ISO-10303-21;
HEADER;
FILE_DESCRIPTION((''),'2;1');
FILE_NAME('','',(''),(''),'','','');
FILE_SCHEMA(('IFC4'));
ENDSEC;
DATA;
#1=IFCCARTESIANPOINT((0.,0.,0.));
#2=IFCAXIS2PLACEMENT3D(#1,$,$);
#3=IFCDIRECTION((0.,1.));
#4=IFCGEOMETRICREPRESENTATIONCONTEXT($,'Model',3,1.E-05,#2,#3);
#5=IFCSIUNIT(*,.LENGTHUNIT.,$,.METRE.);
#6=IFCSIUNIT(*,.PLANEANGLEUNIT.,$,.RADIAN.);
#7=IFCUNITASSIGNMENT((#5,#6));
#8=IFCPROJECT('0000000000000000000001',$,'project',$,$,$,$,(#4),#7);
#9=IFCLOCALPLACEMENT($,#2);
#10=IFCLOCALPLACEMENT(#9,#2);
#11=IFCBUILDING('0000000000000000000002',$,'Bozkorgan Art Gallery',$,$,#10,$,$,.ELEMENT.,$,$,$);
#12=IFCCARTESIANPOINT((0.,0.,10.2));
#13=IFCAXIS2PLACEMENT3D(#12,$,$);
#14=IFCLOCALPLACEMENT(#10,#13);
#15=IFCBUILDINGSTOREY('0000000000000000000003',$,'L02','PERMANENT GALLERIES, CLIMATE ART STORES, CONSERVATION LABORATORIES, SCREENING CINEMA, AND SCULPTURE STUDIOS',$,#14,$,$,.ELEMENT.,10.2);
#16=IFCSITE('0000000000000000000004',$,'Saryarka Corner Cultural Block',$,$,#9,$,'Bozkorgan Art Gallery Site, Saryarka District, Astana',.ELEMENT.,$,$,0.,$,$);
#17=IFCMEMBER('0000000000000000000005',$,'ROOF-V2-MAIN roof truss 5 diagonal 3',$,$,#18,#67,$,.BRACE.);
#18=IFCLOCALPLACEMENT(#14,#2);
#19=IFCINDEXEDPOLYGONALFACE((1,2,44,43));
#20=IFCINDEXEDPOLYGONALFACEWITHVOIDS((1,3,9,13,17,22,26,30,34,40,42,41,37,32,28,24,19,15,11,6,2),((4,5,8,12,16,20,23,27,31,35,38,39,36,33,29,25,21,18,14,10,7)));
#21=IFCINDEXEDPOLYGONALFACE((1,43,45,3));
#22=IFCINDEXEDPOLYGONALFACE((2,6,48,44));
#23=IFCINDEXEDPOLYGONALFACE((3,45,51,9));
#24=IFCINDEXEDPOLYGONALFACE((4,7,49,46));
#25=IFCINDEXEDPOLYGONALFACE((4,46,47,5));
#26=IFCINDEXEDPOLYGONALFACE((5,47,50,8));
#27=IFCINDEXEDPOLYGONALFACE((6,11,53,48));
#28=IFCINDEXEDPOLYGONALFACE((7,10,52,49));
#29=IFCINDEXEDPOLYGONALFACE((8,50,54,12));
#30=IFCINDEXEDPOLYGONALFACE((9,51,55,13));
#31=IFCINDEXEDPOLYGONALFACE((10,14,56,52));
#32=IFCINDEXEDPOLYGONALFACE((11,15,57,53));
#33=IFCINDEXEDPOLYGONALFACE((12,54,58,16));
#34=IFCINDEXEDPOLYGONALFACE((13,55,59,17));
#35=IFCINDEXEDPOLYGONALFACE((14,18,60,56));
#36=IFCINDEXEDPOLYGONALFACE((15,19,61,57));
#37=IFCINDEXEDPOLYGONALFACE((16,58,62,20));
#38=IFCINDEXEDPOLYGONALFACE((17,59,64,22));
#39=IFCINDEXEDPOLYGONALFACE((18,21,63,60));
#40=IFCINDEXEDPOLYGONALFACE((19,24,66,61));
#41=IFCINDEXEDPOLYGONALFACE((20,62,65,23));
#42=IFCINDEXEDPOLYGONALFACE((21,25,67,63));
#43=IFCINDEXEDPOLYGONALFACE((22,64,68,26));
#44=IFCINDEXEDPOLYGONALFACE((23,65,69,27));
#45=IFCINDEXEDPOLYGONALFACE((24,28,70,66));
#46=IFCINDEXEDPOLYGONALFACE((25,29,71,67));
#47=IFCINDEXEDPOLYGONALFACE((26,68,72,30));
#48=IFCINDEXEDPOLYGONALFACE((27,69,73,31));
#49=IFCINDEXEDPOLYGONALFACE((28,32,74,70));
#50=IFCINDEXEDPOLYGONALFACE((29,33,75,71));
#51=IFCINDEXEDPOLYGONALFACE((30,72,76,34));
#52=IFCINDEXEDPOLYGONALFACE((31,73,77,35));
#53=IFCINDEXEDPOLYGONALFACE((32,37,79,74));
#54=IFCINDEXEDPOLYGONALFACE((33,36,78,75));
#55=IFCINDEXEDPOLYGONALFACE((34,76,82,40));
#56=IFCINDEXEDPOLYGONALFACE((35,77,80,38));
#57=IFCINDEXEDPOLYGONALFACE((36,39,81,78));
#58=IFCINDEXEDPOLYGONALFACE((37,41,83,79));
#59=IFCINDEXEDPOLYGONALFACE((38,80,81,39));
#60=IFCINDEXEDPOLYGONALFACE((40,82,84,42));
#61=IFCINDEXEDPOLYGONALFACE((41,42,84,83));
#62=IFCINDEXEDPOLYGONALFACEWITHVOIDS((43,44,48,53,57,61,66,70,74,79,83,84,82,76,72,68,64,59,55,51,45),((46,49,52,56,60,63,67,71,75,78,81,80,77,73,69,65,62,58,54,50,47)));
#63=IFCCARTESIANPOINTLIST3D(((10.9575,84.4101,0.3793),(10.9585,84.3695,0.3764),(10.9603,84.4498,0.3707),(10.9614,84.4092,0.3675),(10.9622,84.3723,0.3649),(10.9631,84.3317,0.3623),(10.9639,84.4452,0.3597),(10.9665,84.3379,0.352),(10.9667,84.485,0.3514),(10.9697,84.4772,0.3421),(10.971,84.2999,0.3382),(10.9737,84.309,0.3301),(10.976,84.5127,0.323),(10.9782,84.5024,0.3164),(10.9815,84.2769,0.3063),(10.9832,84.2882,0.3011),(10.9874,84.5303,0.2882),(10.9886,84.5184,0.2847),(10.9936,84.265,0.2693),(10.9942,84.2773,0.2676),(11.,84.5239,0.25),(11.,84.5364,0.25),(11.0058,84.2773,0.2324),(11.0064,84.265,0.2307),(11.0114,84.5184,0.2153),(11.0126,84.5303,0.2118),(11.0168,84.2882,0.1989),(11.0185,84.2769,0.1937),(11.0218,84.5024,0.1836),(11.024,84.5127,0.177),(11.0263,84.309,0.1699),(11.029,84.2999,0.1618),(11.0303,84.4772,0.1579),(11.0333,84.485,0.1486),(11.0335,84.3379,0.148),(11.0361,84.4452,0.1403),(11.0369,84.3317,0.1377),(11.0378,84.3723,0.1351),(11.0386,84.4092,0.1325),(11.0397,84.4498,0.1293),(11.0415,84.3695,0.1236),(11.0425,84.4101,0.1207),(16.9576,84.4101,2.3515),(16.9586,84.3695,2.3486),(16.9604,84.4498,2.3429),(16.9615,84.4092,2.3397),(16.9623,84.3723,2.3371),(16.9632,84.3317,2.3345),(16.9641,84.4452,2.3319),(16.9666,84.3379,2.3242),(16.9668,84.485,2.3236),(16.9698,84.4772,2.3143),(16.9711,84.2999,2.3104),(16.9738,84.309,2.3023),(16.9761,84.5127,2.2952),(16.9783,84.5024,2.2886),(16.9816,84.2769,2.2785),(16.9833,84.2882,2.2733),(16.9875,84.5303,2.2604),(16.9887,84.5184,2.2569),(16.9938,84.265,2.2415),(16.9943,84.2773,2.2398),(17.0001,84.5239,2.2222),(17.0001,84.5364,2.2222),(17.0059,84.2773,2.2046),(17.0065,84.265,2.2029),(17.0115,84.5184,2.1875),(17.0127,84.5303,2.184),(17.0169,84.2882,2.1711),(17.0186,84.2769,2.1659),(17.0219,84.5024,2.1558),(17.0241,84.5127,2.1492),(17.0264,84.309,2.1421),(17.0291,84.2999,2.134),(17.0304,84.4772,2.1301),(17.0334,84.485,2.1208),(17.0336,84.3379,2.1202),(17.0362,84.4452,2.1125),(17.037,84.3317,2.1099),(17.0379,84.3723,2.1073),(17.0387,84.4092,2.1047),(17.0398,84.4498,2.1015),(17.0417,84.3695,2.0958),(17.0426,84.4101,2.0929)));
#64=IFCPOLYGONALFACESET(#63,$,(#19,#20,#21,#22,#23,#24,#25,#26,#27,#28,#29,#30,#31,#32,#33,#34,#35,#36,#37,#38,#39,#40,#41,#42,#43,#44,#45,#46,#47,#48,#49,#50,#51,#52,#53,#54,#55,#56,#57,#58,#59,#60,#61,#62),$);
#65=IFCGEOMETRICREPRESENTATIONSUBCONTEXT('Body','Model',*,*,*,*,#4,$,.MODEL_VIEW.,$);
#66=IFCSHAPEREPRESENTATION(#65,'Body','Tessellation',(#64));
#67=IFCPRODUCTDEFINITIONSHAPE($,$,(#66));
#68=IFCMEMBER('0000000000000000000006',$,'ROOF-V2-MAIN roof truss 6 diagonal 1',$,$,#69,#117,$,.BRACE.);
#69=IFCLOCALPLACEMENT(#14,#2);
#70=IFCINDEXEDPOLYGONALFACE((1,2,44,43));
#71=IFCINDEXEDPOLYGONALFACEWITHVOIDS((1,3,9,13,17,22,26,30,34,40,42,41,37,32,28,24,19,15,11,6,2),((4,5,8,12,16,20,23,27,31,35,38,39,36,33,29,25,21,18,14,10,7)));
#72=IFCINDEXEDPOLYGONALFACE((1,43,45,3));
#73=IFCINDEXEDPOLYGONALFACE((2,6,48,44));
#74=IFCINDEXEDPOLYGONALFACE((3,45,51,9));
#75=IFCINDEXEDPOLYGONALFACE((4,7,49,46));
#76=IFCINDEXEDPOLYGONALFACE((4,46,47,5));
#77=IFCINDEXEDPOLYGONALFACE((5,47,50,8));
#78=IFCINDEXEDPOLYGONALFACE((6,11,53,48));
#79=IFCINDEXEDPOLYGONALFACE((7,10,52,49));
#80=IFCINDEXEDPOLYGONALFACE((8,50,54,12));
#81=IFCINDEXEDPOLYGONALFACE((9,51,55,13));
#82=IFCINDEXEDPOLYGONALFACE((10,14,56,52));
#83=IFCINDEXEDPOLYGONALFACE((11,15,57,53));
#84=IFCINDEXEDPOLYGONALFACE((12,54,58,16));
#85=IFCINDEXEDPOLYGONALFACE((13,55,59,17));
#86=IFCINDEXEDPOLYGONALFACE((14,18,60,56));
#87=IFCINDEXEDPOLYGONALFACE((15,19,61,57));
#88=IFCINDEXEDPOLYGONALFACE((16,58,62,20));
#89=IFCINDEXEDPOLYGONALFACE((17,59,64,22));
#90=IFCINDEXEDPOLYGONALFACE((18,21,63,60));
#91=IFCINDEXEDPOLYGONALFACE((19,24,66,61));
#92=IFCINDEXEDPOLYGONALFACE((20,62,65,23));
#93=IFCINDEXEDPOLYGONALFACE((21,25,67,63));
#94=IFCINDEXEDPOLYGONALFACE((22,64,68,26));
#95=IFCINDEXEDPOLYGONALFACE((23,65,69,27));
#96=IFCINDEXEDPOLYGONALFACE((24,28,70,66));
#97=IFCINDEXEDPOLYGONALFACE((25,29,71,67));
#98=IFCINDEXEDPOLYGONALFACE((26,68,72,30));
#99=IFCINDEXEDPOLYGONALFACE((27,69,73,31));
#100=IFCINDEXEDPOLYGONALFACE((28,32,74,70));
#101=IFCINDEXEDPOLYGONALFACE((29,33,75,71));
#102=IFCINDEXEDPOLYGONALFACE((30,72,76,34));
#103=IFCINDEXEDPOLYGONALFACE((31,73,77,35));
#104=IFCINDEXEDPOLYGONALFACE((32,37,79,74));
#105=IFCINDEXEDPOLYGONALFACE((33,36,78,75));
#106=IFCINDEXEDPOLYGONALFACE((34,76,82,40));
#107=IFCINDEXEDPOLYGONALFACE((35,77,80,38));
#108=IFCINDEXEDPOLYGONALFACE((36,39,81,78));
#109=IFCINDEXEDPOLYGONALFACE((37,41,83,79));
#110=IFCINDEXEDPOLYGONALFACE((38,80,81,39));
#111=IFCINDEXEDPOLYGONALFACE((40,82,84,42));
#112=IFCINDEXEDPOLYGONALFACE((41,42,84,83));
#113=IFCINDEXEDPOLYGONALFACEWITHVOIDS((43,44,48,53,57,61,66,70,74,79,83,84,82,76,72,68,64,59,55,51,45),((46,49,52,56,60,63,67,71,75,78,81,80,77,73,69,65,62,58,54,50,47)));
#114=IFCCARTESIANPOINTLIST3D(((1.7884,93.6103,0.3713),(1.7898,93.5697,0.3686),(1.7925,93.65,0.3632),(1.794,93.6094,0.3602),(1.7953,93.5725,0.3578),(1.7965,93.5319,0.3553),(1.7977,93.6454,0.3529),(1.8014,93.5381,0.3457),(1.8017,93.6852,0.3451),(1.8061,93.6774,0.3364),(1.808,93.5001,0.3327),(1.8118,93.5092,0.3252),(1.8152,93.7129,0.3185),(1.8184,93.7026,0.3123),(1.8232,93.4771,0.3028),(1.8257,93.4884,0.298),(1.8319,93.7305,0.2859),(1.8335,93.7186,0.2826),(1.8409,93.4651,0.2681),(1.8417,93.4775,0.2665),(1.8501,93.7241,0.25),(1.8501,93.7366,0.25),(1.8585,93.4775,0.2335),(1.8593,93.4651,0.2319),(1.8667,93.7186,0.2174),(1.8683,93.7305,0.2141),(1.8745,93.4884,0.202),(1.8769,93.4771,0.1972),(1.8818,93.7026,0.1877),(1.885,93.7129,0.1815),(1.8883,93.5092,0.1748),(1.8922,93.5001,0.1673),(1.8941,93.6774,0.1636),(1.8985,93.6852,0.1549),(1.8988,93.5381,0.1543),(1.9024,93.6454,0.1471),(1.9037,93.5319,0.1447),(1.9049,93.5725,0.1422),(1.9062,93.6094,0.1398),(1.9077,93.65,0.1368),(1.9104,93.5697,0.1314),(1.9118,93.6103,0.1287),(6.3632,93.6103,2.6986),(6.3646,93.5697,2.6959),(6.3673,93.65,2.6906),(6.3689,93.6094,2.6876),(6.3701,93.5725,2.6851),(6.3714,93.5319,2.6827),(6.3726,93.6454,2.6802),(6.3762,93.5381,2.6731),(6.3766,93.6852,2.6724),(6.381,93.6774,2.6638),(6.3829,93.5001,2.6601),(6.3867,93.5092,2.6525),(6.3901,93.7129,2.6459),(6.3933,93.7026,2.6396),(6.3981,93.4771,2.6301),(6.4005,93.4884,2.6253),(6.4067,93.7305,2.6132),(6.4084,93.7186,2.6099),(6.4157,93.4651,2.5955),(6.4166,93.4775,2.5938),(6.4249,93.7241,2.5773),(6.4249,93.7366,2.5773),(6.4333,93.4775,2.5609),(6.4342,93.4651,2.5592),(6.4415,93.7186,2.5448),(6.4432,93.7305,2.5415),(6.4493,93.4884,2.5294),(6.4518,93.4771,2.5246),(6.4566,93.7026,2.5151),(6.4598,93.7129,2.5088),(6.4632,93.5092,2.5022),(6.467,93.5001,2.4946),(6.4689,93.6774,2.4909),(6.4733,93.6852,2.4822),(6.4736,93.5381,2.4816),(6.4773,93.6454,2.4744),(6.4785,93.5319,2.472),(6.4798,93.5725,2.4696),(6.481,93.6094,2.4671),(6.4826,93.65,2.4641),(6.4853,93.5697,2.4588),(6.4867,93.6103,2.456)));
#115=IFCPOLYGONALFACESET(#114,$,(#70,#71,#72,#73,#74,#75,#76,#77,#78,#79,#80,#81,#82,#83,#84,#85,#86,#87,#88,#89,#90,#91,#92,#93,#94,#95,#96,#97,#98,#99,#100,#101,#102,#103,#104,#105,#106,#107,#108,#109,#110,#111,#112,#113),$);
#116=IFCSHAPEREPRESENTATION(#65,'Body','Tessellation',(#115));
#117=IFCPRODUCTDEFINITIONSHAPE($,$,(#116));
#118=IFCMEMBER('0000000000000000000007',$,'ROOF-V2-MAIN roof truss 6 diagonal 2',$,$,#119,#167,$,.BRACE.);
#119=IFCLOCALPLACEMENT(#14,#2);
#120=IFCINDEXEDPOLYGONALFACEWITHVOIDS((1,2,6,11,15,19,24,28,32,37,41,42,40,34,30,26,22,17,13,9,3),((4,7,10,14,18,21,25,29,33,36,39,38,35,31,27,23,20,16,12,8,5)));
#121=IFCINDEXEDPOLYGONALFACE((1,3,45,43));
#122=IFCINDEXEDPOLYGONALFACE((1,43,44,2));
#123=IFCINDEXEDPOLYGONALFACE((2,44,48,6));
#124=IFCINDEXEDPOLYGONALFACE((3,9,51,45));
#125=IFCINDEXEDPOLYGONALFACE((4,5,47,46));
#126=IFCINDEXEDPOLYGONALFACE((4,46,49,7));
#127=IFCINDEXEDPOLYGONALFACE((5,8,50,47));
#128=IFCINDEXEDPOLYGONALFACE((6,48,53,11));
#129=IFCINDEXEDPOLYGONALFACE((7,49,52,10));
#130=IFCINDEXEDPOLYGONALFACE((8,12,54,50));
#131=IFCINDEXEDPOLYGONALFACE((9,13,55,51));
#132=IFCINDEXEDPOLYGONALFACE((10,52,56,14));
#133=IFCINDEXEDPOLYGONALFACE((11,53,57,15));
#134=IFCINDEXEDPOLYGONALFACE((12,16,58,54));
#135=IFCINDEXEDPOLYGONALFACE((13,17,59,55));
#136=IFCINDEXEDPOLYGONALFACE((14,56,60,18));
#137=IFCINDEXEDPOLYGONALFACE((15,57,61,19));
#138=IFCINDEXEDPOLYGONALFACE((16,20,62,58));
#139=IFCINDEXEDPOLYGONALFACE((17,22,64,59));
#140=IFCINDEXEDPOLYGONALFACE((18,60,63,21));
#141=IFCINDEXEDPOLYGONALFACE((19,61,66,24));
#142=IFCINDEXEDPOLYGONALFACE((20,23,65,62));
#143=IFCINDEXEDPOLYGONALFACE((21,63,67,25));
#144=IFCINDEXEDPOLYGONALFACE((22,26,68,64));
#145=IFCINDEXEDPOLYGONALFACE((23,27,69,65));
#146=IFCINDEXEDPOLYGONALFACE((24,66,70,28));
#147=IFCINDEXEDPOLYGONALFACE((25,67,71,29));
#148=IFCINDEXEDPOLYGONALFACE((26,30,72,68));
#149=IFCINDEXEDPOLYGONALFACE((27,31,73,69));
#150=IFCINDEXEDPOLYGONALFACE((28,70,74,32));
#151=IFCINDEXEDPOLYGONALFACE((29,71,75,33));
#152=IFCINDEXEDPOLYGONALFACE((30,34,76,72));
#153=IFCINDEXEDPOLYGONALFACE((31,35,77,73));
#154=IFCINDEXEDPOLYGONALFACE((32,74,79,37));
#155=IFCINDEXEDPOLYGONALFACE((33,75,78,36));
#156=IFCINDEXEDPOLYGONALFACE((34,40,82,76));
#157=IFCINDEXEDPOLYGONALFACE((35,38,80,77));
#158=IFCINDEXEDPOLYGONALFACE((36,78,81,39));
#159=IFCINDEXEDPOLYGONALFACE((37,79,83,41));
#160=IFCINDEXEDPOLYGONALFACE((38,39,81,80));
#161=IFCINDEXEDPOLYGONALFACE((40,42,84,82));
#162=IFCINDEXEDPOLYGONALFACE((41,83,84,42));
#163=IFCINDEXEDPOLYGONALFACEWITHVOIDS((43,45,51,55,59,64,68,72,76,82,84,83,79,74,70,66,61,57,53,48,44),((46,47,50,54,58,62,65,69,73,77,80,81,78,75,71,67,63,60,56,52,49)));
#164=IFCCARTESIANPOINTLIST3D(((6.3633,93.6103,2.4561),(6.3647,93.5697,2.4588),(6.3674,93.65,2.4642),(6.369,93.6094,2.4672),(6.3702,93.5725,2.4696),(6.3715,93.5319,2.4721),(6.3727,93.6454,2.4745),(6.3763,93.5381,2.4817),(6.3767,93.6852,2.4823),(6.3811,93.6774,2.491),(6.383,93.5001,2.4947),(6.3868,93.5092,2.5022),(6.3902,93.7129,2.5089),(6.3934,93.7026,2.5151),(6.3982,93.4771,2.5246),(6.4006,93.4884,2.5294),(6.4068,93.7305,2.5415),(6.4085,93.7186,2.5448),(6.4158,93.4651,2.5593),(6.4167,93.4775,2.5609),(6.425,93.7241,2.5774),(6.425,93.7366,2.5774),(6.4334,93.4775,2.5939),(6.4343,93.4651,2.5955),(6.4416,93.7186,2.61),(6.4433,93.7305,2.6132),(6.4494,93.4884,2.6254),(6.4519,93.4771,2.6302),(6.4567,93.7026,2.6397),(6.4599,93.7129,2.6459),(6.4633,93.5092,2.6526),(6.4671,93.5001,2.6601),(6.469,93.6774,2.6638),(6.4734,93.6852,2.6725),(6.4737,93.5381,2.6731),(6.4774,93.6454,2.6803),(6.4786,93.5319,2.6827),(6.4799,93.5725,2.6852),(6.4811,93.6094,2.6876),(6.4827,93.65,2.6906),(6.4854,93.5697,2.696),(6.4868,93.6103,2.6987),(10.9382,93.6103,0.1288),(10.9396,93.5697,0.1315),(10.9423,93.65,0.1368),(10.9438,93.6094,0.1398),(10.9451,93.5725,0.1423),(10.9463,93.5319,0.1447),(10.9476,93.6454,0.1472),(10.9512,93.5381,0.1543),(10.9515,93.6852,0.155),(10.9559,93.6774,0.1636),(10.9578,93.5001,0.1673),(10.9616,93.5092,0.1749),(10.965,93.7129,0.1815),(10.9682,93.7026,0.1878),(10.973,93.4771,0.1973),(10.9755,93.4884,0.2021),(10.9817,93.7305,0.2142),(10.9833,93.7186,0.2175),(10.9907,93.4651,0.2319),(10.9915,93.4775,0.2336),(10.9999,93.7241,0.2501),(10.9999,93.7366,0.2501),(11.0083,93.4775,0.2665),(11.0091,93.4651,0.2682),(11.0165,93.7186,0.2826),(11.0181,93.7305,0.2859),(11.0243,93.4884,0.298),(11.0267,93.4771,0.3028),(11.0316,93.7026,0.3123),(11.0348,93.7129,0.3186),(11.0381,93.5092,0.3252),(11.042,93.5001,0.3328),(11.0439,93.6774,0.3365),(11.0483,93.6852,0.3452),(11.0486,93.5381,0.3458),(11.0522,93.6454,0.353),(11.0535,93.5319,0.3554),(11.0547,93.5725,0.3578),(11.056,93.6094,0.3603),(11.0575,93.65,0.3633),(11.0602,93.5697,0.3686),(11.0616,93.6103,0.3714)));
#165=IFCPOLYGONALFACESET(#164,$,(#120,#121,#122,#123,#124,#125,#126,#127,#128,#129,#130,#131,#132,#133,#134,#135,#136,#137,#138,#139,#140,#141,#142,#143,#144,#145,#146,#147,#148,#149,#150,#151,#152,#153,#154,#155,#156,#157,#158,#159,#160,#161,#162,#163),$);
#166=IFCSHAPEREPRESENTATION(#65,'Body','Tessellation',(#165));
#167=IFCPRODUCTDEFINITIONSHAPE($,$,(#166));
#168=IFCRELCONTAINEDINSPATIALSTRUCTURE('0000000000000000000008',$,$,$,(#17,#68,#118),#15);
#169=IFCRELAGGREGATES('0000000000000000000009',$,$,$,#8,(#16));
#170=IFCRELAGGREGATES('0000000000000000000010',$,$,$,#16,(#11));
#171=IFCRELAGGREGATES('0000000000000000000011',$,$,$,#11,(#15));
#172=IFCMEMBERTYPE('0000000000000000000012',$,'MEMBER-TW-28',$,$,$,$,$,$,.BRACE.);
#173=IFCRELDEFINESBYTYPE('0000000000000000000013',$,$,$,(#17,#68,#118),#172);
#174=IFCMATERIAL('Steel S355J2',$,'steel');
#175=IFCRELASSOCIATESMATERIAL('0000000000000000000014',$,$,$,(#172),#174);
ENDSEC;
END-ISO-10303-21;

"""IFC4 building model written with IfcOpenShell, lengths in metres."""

from ifc_helpers import new_model, si_unit, direction, frame, origin, origin_2d, place, context, subcontext, project, spatial, hollow_circle, extrude, material, material_profile, profile_set, type_object, element, save


model = new_model("IFC4")

# Units and contexts
model_context = context("Model", 3, precision=1e-05, world=origin(), true_north=direction((0.0, 1.0)))
body_context = subcontext(model_context, "Body", "Model", "MODEL_VIEW")
ifc_project = project(units=[si_unit("LENGTHUNIT", "METRE"), si_unit("PLANEANGLEUNIT", "RADIAN")], contexts=[model_context])

# Site, building, storey
site_placement = place(None, origin())
site = spatial("IfcSite", under=ifc_project, at=site_placement, Name="Saryarka Corner Cultural Block", LongName="Bozkorgan Art Gallery Site, Saryarka District, Astana", CompositionType="ELEMENT", RefElevation=0.0)
building_placement = place(site_placement, origin())
building = spatial("IfcBuilding", under=site, at=building_placement, Name="Bozkorgan Art Gallery", CompositionType="ELEMENT")
storey_placement = place(building_placement, frame((0.0, 0.0, 10.2)))
storey = spatial("IfcBuildingStorey", under=building, at=storey_placement, Name="L02", Description="PERMANENT GALLERIES, CLIMATE ART STORES, CONSERVATION LABORATORIES, SCREENING CINEMA, AND SCULPTURE STUDIOS", CompositionType="ELEMENT", Elevation=10.2)

# Shared definitions
ifc_material_1 = material(Name="Steel S355J2", Category="steel")

# Members
ifc_material_profile_1 = material_profile(ifc_material_1, hollow_circle(Radius=0.1365, WallThickness=0.0125, at=origin_2d()), Name="CHS 273x12.5")
ifc_profile_set_1 = profile_set([ifc_material_profile_1], Name="Steel S355J2")
member_type_1 = type_object("IfcMemberType", Name="MEMBER-TW-28", PredefinedType="BRACE", material=ifc_profile_set_1)
member_1_placement = place(storey_placement, frame((11.0, 84.3999, 0.25), z_axis=(0.949997, 0.0, 0.312259), x_axis=(0.0, 1.0, 0.0)))
element("IfcMember", 1, at=member_1_placement, inside=storey, type_object=member_type_1, Name="ROOF-V2-MAIN roof truss 5 diagonal 3", PredefinedType="BRACE", context=body_context, shape_type="SweptSolid", body=[
    extrude(hollow_circle(Radius=0.1365, WallThickness=0.0125, at=origin_2d()), origin(), (0.0, 0.0, 1.0), 6.3159),
])
for number, where, z_axis, x_axis, name in (
    (2, (1.8501, 93.6001, 0.25), (0.891295, 0.0, 0.453424), (0.0, 1.0, 0.0), "ROOF-V2-MAIN roof truss 6 diagonal 1"),
    (3, (6.425, 93.6001, 2.5774), (0.891295, 0.0, -0.453424), (0.0, 1.0, 0.0), "ROOF-V2-MAIN roof truss 6 diagonal 2"),
):
    element("IfcMember", number, at=place(storey_placement, frame(where, z_axis=z_axis, x_axis=x_axis)), inside=storey, type_object=member_type_1, Name=name, PredefinedType="BRACE", context=body_context, shape_type="SweptSolid", body=[
        extrude(hollow_circle(Radius=0.1365, WallThickness=0.0125, at=origin_2d()), origin(), (0.0, 0.0, 1.0), 5.1328),
    ])

save(model, "model.ifc")
